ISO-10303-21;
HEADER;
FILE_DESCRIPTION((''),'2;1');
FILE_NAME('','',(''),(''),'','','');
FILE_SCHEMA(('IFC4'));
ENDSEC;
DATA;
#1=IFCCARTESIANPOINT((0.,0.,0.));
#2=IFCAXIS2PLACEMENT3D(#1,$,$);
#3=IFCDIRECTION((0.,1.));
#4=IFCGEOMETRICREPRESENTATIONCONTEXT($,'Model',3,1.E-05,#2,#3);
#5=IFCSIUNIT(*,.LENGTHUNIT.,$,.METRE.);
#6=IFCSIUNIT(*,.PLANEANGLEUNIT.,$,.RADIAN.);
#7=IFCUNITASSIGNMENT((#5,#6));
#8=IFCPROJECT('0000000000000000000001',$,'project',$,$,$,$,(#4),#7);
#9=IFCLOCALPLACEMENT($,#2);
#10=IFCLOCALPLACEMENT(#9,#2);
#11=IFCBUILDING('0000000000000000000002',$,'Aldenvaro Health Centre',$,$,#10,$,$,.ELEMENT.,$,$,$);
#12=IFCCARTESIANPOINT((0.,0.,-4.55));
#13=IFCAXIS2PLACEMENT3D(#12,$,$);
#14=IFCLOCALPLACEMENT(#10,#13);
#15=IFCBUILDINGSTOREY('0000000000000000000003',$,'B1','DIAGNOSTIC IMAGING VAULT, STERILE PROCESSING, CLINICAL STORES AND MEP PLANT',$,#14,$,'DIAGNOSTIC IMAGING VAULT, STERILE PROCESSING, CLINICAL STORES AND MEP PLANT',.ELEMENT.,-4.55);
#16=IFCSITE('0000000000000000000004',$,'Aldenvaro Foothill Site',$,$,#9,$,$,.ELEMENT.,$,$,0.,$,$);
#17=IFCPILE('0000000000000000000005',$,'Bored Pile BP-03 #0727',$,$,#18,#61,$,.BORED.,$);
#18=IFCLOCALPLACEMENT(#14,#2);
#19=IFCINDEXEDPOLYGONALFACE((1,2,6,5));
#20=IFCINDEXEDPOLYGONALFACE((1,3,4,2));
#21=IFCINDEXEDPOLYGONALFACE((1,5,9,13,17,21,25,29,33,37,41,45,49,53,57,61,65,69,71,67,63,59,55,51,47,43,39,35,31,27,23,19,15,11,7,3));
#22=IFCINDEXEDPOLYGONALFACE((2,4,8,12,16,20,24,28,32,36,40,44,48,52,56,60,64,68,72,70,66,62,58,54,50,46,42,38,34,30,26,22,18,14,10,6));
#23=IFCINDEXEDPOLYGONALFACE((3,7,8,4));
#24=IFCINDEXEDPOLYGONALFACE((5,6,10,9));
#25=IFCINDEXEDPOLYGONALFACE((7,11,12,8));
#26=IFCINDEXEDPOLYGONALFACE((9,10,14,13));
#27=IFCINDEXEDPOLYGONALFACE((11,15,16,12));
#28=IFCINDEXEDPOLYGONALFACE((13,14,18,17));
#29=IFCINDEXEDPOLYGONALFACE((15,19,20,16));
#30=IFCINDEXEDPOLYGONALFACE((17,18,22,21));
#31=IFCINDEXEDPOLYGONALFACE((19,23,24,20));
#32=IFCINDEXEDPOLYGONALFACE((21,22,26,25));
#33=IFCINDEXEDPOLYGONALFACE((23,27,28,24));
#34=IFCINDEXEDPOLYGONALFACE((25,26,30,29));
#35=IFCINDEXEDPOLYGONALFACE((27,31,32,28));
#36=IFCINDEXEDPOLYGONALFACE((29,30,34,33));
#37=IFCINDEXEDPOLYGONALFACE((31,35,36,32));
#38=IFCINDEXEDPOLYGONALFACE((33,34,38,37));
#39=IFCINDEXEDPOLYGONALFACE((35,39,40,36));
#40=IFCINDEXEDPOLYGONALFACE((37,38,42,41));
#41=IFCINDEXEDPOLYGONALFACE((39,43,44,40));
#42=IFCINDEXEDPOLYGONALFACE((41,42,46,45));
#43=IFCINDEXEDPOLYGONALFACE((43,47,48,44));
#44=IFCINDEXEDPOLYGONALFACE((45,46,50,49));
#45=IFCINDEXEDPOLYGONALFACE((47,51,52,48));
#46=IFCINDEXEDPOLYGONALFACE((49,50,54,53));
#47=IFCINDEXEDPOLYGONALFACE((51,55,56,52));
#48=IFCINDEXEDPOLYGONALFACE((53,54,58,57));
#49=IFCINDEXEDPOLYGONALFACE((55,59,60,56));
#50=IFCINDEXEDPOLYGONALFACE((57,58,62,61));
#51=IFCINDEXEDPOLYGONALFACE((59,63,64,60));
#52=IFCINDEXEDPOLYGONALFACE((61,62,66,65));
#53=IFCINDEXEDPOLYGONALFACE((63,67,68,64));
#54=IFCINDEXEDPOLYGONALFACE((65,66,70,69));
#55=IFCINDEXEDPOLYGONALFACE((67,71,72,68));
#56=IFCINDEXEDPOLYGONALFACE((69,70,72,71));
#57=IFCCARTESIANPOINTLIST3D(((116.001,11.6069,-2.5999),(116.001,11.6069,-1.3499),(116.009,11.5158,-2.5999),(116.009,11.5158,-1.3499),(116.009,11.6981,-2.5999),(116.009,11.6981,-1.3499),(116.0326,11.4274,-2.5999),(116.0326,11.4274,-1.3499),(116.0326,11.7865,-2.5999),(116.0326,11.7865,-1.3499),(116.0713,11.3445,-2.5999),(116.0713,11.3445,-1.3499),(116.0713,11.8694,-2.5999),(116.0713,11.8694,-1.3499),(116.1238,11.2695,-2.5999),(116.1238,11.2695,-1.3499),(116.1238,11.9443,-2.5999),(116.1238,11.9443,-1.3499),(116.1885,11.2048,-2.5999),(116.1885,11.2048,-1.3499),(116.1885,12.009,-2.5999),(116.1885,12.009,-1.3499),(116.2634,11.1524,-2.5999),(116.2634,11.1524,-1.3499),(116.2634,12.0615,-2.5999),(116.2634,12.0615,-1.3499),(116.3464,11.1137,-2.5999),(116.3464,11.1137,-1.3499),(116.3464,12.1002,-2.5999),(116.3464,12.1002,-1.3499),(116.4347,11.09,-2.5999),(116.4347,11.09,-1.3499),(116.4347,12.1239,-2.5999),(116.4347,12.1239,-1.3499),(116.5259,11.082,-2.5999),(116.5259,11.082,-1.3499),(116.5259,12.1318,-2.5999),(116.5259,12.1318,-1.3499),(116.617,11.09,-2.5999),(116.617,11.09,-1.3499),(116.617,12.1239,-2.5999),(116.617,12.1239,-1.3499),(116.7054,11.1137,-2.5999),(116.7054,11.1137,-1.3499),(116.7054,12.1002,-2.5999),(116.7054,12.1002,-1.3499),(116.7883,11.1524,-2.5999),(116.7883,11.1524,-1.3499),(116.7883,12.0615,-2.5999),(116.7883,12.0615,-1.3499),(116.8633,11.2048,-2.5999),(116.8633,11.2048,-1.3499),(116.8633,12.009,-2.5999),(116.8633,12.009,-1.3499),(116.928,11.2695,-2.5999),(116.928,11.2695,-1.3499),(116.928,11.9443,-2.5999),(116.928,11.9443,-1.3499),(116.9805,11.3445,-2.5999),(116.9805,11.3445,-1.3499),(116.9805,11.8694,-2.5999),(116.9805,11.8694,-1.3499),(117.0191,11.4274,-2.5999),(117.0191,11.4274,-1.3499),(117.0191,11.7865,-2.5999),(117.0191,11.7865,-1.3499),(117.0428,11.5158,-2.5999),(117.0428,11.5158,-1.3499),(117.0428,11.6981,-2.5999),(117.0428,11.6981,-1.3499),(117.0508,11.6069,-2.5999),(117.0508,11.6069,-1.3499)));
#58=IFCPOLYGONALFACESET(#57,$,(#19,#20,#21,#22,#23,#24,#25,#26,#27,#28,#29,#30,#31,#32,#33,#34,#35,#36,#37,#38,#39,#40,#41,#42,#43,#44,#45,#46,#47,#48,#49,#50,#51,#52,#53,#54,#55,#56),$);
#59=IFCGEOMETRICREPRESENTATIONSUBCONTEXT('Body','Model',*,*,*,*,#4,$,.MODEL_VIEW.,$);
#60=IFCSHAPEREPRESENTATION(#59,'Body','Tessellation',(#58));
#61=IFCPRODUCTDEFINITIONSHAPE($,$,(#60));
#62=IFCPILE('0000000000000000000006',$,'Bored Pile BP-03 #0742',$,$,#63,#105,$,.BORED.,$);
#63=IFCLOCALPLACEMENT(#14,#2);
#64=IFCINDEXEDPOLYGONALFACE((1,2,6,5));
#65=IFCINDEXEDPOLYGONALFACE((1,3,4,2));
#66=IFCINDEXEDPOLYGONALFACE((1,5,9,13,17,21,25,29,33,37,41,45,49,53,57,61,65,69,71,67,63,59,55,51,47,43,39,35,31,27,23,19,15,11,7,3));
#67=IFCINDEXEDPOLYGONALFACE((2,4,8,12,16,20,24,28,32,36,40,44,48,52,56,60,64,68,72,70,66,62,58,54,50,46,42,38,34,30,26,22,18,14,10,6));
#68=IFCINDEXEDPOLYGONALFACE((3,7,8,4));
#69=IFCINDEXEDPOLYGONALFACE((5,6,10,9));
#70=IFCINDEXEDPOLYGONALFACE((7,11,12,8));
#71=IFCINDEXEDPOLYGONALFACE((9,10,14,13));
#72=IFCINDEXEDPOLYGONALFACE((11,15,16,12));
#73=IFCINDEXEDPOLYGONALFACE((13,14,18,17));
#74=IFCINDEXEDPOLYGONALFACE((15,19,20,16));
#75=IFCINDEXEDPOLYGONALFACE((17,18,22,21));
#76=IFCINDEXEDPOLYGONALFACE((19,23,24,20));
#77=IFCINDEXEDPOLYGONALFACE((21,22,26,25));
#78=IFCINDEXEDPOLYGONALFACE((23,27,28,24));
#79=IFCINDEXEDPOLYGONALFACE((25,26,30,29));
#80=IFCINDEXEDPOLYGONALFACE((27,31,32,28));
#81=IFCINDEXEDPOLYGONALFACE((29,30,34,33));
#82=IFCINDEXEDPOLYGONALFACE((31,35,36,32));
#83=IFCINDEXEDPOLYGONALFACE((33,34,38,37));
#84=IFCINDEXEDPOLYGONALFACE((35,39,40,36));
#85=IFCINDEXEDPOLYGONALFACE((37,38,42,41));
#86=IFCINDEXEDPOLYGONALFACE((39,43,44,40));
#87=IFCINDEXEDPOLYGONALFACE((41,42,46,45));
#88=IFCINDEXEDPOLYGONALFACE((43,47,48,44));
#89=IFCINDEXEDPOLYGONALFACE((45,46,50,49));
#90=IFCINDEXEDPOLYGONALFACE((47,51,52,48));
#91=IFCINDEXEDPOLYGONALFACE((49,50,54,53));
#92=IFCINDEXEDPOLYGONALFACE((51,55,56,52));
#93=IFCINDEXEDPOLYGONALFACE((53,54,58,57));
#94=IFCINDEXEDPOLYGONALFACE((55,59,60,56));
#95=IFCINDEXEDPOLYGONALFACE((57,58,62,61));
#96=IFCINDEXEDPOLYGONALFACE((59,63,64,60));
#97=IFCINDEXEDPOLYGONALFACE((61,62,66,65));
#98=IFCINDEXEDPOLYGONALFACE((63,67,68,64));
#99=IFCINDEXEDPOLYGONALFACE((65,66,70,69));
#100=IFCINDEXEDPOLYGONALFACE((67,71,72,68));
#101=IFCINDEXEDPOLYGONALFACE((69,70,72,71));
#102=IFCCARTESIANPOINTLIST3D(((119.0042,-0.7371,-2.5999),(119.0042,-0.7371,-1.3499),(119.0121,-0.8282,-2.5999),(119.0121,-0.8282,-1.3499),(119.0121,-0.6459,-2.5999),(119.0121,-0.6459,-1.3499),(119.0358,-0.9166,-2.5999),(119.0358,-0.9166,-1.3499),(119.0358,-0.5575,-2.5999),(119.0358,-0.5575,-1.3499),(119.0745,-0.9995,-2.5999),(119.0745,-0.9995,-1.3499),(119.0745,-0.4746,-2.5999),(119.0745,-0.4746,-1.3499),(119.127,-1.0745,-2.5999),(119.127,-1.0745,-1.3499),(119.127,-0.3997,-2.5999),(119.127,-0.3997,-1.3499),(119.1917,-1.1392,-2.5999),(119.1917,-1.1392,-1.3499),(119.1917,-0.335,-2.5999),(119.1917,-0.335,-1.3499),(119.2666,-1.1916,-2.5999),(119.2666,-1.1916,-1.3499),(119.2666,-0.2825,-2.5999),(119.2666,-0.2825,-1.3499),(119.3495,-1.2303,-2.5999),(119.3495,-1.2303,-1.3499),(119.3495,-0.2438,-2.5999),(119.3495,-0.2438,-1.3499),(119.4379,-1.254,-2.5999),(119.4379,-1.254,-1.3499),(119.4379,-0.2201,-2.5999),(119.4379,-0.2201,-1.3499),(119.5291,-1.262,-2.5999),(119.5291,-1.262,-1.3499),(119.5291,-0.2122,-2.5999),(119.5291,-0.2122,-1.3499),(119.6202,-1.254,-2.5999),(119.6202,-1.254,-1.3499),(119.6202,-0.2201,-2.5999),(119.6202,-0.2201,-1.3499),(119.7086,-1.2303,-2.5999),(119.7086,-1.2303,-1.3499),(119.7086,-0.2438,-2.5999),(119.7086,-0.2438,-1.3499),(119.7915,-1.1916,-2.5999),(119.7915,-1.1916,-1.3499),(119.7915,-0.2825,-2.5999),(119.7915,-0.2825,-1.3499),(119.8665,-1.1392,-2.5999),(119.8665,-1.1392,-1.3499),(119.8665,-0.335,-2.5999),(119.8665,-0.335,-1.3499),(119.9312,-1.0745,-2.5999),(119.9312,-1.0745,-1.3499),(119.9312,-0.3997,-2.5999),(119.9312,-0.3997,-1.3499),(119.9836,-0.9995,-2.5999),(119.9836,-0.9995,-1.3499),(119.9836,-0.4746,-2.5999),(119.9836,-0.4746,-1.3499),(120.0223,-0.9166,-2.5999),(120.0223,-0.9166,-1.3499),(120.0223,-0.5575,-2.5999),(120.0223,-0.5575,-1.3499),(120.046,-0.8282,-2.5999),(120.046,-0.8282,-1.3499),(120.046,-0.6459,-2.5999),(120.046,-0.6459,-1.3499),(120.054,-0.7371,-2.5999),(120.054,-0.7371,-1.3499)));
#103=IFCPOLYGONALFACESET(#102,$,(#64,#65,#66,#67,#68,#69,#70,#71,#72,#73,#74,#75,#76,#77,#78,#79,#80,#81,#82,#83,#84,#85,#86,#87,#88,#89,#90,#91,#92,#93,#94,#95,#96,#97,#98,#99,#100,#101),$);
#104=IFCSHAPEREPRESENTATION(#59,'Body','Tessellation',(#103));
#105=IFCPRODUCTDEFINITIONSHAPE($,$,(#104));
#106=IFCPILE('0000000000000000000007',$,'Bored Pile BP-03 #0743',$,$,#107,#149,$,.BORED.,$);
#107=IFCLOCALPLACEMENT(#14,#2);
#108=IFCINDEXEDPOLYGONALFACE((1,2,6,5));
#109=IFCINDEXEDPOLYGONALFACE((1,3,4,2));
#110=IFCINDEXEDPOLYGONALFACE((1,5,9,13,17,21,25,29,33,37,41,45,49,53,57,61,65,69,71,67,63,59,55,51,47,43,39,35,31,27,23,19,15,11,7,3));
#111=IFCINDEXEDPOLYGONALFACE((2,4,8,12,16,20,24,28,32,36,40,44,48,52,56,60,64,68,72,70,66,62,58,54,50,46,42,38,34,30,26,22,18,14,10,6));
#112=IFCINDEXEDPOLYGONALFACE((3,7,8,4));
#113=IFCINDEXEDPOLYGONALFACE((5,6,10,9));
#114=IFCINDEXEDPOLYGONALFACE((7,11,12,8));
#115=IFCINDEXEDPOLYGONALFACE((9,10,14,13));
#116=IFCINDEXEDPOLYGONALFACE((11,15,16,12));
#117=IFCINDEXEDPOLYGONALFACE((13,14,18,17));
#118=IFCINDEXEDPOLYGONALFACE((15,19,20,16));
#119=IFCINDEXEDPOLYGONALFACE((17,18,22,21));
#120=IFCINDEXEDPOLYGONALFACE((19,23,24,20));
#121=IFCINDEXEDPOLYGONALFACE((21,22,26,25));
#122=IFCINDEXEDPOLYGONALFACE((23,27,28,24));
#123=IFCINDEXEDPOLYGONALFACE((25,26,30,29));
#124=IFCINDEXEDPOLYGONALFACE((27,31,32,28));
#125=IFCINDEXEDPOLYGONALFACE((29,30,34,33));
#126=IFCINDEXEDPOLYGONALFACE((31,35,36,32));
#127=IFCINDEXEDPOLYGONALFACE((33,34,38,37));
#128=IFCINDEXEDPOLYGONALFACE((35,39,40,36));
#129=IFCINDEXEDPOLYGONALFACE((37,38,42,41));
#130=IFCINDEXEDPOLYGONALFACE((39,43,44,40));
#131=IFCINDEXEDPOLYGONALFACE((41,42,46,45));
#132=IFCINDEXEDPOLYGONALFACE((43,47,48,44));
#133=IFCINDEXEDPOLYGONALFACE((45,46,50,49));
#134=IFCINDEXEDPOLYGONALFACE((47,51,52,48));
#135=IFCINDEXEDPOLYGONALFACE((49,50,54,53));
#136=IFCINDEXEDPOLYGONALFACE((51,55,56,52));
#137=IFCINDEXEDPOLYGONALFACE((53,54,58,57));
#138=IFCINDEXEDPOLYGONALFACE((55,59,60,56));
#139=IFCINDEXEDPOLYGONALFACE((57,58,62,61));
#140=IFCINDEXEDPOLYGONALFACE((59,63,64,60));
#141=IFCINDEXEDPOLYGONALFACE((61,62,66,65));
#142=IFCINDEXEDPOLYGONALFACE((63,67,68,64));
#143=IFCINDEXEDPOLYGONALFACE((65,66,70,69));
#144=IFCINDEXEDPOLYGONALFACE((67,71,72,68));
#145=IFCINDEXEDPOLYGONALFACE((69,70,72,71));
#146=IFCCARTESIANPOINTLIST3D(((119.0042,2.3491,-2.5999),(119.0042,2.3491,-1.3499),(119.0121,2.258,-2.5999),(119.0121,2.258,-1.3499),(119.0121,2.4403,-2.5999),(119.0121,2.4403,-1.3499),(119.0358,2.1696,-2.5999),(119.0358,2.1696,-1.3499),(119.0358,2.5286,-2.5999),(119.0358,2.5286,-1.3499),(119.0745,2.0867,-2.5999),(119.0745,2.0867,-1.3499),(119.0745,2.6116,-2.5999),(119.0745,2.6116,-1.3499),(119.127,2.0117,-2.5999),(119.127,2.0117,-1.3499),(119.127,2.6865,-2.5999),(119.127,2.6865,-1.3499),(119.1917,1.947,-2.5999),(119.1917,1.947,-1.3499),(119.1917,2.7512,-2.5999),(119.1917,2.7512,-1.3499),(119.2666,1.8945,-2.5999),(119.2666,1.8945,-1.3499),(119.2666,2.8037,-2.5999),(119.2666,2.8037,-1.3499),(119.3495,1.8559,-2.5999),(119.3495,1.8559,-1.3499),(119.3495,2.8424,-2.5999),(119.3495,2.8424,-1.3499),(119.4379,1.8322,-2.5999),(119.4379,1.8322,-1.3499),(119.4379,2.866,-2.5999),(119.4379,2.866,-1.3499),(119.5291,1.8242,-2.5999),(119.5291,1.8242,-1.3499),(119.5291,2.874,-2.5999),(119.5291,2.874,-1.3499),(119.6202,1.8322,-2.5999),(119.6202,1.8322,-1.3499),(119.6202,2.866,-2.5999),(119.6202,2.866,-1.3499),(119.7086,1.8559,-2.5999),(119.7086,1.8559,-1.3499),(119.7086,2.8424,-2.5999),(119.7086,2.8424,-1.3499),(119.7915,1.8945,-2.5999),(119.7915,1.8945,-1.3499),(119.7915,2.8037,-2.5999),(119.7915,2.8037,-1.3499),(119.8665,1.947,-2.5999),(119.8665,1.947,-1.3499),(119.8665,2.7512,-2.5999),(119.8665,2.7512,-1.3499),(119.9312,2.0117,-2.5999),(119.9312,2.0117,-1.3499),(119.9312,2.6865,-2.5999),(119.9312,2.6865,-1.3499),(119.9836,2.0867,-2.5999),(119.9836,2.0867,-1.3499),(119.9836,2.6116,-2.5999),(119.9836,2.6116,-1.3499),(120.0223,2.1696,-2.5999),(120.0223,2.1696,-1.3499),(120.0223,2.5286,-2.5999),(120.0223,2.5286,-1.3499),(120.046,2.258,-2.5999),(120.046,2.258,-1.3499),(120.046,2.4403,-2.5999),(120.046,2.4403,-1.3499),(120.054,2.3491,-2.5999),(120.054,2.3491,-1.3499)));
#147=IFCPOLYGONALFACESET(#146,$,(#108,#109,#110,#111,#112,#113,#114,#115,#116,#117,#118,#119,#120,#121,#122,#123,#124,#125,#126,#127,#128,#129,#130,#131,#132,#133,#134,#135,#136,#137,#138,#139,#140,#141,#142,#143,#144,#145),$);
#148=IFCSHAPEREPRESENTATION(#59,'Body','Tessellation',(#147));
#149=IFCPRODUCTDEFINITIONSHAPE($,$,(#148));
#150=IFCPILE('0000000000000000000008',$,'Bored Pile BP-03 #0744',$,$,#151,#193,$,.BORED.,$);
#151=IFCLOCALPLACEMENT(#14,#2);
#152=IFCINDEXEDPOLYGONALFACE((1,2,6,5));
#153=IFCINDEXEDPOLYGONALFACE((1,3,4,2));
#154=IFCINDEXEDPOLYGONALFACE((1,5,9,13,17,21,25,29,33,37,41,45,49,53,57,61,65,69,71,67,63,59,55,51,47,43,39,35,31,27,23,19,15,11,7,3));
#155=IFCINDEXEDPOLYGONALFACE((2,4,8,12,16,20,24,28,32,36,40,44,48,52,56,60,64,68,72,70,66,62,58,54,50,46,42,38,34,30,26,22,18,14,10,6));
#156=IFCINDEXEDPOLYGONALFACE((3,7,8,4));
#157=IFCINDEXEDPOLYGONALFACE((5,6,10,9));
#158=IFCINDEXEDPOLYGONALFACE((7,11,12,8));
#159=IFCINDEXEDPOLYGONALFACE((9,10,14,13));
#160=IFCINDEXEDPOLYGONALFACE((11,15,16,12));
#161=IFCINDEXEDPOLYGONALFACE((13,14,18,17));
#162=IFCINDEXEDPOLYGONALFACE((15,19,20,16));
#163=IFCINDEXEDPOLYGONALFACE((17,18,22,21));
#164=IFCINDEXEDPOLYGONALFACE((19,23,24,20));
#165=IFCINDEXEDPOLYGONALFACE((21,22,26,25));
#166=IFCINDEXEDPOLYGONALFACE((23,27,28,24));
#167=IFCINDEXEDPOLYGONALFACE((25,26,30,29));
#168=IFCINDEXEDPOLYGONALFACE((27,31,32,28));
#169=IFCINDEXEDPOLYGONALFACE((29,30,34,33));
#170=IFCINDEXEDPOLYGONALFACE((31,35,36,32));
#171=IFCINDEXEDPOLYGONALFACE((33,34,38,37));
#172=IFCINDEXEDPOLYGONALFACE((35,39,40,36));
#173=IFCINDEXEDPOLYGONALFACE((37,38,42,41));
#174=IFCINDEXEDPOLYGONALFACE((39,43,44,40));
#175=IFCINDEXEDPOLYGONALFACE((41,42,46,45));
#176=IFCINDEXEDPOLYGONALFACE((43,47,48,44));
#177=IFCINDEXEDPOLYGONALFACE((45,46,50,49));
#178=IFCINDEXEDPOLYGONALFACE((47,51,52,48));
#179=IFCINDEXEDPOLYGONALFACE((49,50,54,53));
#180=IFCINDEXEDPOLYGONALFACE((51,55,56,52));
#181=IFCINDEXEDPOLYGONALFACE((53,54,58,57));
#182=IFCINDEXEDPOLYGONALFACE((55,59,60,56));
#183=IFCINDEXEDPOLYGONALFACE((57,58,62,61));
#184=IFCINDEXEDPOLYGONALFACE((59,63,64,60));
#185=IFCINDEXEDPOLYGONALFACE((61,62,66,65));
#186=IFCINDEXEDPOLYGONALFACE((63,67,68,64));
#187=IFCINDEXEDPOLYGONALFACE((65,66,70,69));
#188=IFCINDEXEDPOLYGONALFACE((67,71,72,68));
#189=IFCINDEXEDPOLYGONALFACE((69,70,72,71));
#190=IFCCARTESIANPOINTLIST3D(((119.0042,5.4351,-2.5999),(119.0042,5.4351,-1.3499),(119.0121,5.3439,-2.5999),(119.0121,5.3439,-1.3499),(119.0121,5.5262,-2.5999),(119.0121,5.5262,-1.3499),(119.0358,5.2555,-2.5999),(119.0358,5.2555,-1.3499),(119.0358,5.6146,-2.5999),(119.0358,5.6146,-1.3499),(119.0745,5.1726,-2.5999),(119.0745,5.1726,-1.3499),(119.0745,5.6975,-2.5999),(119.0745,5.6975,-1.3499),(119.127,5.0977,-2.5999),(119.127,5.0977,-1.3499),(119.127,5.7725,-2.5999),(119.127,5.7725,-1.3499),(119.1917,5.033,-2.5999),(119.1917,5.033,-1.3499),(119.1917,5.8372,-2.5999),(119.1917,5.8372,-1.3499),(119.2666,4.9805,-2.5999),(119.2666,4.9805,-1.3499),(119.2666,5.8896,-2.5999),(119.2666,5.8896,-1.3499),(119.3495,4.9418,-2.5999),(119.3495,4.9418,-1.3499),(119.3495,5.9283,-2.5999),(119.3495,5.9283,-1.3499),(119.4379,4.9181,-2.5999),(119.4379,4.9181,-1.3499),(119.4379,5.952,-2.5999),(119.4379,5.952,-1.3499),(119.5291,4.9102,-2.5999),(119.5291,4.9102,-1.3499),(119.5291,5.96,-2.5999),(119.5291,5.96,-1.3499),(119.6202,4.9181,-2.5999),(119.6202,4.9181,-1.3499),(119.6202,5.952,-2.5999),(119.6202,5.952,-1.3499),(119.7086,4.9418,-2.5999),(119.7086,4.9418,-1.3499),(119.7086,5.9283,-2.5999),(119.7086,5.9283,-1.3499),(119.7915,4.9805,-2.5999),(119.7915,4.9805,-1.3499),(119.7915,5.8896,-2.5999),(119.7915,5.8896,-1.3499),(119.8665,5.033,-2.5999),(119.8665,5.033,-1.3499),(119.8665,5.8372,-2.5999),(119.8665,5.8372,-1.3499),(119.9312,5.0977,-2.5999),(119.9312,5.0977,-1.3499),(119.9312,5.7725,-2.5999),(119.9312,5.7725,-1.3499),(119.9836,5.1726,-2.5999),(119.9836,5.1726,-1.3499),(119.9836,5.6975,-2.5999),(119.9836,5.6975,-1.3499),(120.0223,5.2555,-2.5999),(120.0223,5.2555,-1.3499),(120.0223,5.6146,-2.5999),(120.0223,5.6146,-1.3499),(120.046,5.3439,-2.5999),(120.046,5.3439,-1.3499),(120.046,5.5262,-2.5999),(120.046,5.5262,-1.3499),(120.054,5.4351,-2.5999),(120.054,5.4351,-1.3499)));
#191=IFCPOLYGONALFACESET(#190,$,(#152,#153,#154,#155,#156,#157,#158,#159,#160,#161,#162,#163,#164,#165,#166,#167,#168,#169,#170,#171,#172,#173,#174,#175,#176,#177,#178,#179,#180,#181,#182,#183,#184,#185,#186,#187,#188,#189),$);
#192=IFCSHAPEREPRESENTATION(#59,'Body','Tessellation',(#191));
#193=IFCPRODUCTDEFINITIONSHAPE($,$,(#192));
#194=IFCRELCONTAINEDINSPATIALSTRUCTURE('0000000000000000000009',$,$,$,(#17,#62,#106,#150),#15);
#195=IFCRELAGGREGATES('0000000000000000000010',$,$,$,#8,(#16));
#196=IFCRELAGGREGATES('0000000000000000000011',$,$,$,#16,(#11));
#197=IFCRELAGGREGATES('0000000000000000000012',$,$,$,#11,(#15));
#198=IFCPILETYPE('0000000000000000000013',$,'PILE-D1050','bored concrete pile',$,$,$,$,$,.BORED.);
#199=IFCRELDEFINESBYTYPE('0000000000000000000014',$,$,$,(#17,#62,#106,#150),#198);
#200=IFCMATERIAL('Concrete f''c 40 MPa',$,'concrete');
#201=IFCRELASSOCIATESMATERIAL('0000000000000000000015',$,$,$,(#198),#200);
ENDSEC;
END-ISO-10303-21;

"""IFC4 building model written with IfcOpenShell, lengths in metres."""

from ifc_helpers import new_model, si_unit, direction, frame, origin, origin_2d, place, context, subcontext, project, spatial, circle, extrude, material, material_profile, profile_set, type_object, element, save


model = new_model("IFC4")

# Units and contexts
model_context = context("Model", 3, precision=1e-05, world=origin(), true_north=direction((0.0, 1.0)))
body_context = subcontext(model_context, "Body", "Model", "MODEL_VIEW")
ifc_project = project(units=[si_unit("LENGTHUNIT", "METRE"), si_unit("PLANEANGLEUNIT", "RADIAN")], contexts=[model_context])

# Site, building, storey
site_placement = place(None, origin())
site = spatial("IfcSite", under=ifc_project, at=site_placement, Name="Aldenvaro Foothill Site", CompositionType="ELEMENT", RefElevation=0.0)
building_placement = place(site_placement, origin())
building = spatial("IfcBuilding", under=site, at=building_placement, Name="Aldenvaro Health Centre", CompositionType="ELEMENT")
storey_placement = place(building_placement, frame((0.0, 0.0, -4.55)))
storey = spatial("IfcBuildingStorey", under=building, at=storey_placement, Name="B1", Description="DIAGNOSTIC IMAGING VAULT, STERILE PROCESSING, CLINICAL STORES AND MEP PLANT", LongName="DIAGNOSTIC IMAGING VAULT, STERILE PROCESSING, CLINICAL STORES AND MEP PLANT", CompositionType="ELEMENT", Elevation=-4.55)

# Piles
ifc_material_1 = material(Name="Concrete f'c 40 MPa", Category="concrete")
ifc_material_profile_1 = material_profile(ifc_material_1, circle(Radius=0.5249, at=origin_2d()), Name="PILE D1050", Category="concrete")
ifc_profile_set_1 = profile_set([ifc_material_profile_1], Name="Concrete f'c 40 MPa")
pile_type = type_object("IfcPileType", Name="PILE-D1050", Description="bored concrete pile", PredefinedType="BORED", material=ifc_profile_set_1)
for number, where, z_axis, x_axis, name in (
    (1, (116.5259, 11.6069, -1.3499), (0.0, 0.0, -1.0), (1.0, 0.0, 0.0), "Bored Pile BP-03 #0727"),
    (2, (119.5291, -0.7371, -1.3499), (0.0, 0.0, -1.0), (1.0, 0.0, 0.0), "Bored Pile BP-03 #0742"),
    (3, (119.5291, 2.3491, -1.3499), (0.0, 0.0, -1.0), (1.0, 0.0, 0.0), "Bored Pile BP-03 #0743"),
    (4, (119.5291, 5.4351, -1.3499), (0.0, 0.0, -1.0), (1.0, 0.0, 0.0), "Bored Pile BP-03 #0744"),
):
    element("IfcPile", number, at=place(storey_placement, frame(where, z_axis=z_axis, x_axis=x_axis)), inside=storey, type_object=pile_type, Name=name, PredefinedType="BORED", context=body_context, shape_type="SweptSolid", body=[
        extrude(circle(Radius=0.5249, at=origin_2d()), origin(), (0.0, 0.0, 1.0), 1.25),
    ])

save(model, "model.ifc")
